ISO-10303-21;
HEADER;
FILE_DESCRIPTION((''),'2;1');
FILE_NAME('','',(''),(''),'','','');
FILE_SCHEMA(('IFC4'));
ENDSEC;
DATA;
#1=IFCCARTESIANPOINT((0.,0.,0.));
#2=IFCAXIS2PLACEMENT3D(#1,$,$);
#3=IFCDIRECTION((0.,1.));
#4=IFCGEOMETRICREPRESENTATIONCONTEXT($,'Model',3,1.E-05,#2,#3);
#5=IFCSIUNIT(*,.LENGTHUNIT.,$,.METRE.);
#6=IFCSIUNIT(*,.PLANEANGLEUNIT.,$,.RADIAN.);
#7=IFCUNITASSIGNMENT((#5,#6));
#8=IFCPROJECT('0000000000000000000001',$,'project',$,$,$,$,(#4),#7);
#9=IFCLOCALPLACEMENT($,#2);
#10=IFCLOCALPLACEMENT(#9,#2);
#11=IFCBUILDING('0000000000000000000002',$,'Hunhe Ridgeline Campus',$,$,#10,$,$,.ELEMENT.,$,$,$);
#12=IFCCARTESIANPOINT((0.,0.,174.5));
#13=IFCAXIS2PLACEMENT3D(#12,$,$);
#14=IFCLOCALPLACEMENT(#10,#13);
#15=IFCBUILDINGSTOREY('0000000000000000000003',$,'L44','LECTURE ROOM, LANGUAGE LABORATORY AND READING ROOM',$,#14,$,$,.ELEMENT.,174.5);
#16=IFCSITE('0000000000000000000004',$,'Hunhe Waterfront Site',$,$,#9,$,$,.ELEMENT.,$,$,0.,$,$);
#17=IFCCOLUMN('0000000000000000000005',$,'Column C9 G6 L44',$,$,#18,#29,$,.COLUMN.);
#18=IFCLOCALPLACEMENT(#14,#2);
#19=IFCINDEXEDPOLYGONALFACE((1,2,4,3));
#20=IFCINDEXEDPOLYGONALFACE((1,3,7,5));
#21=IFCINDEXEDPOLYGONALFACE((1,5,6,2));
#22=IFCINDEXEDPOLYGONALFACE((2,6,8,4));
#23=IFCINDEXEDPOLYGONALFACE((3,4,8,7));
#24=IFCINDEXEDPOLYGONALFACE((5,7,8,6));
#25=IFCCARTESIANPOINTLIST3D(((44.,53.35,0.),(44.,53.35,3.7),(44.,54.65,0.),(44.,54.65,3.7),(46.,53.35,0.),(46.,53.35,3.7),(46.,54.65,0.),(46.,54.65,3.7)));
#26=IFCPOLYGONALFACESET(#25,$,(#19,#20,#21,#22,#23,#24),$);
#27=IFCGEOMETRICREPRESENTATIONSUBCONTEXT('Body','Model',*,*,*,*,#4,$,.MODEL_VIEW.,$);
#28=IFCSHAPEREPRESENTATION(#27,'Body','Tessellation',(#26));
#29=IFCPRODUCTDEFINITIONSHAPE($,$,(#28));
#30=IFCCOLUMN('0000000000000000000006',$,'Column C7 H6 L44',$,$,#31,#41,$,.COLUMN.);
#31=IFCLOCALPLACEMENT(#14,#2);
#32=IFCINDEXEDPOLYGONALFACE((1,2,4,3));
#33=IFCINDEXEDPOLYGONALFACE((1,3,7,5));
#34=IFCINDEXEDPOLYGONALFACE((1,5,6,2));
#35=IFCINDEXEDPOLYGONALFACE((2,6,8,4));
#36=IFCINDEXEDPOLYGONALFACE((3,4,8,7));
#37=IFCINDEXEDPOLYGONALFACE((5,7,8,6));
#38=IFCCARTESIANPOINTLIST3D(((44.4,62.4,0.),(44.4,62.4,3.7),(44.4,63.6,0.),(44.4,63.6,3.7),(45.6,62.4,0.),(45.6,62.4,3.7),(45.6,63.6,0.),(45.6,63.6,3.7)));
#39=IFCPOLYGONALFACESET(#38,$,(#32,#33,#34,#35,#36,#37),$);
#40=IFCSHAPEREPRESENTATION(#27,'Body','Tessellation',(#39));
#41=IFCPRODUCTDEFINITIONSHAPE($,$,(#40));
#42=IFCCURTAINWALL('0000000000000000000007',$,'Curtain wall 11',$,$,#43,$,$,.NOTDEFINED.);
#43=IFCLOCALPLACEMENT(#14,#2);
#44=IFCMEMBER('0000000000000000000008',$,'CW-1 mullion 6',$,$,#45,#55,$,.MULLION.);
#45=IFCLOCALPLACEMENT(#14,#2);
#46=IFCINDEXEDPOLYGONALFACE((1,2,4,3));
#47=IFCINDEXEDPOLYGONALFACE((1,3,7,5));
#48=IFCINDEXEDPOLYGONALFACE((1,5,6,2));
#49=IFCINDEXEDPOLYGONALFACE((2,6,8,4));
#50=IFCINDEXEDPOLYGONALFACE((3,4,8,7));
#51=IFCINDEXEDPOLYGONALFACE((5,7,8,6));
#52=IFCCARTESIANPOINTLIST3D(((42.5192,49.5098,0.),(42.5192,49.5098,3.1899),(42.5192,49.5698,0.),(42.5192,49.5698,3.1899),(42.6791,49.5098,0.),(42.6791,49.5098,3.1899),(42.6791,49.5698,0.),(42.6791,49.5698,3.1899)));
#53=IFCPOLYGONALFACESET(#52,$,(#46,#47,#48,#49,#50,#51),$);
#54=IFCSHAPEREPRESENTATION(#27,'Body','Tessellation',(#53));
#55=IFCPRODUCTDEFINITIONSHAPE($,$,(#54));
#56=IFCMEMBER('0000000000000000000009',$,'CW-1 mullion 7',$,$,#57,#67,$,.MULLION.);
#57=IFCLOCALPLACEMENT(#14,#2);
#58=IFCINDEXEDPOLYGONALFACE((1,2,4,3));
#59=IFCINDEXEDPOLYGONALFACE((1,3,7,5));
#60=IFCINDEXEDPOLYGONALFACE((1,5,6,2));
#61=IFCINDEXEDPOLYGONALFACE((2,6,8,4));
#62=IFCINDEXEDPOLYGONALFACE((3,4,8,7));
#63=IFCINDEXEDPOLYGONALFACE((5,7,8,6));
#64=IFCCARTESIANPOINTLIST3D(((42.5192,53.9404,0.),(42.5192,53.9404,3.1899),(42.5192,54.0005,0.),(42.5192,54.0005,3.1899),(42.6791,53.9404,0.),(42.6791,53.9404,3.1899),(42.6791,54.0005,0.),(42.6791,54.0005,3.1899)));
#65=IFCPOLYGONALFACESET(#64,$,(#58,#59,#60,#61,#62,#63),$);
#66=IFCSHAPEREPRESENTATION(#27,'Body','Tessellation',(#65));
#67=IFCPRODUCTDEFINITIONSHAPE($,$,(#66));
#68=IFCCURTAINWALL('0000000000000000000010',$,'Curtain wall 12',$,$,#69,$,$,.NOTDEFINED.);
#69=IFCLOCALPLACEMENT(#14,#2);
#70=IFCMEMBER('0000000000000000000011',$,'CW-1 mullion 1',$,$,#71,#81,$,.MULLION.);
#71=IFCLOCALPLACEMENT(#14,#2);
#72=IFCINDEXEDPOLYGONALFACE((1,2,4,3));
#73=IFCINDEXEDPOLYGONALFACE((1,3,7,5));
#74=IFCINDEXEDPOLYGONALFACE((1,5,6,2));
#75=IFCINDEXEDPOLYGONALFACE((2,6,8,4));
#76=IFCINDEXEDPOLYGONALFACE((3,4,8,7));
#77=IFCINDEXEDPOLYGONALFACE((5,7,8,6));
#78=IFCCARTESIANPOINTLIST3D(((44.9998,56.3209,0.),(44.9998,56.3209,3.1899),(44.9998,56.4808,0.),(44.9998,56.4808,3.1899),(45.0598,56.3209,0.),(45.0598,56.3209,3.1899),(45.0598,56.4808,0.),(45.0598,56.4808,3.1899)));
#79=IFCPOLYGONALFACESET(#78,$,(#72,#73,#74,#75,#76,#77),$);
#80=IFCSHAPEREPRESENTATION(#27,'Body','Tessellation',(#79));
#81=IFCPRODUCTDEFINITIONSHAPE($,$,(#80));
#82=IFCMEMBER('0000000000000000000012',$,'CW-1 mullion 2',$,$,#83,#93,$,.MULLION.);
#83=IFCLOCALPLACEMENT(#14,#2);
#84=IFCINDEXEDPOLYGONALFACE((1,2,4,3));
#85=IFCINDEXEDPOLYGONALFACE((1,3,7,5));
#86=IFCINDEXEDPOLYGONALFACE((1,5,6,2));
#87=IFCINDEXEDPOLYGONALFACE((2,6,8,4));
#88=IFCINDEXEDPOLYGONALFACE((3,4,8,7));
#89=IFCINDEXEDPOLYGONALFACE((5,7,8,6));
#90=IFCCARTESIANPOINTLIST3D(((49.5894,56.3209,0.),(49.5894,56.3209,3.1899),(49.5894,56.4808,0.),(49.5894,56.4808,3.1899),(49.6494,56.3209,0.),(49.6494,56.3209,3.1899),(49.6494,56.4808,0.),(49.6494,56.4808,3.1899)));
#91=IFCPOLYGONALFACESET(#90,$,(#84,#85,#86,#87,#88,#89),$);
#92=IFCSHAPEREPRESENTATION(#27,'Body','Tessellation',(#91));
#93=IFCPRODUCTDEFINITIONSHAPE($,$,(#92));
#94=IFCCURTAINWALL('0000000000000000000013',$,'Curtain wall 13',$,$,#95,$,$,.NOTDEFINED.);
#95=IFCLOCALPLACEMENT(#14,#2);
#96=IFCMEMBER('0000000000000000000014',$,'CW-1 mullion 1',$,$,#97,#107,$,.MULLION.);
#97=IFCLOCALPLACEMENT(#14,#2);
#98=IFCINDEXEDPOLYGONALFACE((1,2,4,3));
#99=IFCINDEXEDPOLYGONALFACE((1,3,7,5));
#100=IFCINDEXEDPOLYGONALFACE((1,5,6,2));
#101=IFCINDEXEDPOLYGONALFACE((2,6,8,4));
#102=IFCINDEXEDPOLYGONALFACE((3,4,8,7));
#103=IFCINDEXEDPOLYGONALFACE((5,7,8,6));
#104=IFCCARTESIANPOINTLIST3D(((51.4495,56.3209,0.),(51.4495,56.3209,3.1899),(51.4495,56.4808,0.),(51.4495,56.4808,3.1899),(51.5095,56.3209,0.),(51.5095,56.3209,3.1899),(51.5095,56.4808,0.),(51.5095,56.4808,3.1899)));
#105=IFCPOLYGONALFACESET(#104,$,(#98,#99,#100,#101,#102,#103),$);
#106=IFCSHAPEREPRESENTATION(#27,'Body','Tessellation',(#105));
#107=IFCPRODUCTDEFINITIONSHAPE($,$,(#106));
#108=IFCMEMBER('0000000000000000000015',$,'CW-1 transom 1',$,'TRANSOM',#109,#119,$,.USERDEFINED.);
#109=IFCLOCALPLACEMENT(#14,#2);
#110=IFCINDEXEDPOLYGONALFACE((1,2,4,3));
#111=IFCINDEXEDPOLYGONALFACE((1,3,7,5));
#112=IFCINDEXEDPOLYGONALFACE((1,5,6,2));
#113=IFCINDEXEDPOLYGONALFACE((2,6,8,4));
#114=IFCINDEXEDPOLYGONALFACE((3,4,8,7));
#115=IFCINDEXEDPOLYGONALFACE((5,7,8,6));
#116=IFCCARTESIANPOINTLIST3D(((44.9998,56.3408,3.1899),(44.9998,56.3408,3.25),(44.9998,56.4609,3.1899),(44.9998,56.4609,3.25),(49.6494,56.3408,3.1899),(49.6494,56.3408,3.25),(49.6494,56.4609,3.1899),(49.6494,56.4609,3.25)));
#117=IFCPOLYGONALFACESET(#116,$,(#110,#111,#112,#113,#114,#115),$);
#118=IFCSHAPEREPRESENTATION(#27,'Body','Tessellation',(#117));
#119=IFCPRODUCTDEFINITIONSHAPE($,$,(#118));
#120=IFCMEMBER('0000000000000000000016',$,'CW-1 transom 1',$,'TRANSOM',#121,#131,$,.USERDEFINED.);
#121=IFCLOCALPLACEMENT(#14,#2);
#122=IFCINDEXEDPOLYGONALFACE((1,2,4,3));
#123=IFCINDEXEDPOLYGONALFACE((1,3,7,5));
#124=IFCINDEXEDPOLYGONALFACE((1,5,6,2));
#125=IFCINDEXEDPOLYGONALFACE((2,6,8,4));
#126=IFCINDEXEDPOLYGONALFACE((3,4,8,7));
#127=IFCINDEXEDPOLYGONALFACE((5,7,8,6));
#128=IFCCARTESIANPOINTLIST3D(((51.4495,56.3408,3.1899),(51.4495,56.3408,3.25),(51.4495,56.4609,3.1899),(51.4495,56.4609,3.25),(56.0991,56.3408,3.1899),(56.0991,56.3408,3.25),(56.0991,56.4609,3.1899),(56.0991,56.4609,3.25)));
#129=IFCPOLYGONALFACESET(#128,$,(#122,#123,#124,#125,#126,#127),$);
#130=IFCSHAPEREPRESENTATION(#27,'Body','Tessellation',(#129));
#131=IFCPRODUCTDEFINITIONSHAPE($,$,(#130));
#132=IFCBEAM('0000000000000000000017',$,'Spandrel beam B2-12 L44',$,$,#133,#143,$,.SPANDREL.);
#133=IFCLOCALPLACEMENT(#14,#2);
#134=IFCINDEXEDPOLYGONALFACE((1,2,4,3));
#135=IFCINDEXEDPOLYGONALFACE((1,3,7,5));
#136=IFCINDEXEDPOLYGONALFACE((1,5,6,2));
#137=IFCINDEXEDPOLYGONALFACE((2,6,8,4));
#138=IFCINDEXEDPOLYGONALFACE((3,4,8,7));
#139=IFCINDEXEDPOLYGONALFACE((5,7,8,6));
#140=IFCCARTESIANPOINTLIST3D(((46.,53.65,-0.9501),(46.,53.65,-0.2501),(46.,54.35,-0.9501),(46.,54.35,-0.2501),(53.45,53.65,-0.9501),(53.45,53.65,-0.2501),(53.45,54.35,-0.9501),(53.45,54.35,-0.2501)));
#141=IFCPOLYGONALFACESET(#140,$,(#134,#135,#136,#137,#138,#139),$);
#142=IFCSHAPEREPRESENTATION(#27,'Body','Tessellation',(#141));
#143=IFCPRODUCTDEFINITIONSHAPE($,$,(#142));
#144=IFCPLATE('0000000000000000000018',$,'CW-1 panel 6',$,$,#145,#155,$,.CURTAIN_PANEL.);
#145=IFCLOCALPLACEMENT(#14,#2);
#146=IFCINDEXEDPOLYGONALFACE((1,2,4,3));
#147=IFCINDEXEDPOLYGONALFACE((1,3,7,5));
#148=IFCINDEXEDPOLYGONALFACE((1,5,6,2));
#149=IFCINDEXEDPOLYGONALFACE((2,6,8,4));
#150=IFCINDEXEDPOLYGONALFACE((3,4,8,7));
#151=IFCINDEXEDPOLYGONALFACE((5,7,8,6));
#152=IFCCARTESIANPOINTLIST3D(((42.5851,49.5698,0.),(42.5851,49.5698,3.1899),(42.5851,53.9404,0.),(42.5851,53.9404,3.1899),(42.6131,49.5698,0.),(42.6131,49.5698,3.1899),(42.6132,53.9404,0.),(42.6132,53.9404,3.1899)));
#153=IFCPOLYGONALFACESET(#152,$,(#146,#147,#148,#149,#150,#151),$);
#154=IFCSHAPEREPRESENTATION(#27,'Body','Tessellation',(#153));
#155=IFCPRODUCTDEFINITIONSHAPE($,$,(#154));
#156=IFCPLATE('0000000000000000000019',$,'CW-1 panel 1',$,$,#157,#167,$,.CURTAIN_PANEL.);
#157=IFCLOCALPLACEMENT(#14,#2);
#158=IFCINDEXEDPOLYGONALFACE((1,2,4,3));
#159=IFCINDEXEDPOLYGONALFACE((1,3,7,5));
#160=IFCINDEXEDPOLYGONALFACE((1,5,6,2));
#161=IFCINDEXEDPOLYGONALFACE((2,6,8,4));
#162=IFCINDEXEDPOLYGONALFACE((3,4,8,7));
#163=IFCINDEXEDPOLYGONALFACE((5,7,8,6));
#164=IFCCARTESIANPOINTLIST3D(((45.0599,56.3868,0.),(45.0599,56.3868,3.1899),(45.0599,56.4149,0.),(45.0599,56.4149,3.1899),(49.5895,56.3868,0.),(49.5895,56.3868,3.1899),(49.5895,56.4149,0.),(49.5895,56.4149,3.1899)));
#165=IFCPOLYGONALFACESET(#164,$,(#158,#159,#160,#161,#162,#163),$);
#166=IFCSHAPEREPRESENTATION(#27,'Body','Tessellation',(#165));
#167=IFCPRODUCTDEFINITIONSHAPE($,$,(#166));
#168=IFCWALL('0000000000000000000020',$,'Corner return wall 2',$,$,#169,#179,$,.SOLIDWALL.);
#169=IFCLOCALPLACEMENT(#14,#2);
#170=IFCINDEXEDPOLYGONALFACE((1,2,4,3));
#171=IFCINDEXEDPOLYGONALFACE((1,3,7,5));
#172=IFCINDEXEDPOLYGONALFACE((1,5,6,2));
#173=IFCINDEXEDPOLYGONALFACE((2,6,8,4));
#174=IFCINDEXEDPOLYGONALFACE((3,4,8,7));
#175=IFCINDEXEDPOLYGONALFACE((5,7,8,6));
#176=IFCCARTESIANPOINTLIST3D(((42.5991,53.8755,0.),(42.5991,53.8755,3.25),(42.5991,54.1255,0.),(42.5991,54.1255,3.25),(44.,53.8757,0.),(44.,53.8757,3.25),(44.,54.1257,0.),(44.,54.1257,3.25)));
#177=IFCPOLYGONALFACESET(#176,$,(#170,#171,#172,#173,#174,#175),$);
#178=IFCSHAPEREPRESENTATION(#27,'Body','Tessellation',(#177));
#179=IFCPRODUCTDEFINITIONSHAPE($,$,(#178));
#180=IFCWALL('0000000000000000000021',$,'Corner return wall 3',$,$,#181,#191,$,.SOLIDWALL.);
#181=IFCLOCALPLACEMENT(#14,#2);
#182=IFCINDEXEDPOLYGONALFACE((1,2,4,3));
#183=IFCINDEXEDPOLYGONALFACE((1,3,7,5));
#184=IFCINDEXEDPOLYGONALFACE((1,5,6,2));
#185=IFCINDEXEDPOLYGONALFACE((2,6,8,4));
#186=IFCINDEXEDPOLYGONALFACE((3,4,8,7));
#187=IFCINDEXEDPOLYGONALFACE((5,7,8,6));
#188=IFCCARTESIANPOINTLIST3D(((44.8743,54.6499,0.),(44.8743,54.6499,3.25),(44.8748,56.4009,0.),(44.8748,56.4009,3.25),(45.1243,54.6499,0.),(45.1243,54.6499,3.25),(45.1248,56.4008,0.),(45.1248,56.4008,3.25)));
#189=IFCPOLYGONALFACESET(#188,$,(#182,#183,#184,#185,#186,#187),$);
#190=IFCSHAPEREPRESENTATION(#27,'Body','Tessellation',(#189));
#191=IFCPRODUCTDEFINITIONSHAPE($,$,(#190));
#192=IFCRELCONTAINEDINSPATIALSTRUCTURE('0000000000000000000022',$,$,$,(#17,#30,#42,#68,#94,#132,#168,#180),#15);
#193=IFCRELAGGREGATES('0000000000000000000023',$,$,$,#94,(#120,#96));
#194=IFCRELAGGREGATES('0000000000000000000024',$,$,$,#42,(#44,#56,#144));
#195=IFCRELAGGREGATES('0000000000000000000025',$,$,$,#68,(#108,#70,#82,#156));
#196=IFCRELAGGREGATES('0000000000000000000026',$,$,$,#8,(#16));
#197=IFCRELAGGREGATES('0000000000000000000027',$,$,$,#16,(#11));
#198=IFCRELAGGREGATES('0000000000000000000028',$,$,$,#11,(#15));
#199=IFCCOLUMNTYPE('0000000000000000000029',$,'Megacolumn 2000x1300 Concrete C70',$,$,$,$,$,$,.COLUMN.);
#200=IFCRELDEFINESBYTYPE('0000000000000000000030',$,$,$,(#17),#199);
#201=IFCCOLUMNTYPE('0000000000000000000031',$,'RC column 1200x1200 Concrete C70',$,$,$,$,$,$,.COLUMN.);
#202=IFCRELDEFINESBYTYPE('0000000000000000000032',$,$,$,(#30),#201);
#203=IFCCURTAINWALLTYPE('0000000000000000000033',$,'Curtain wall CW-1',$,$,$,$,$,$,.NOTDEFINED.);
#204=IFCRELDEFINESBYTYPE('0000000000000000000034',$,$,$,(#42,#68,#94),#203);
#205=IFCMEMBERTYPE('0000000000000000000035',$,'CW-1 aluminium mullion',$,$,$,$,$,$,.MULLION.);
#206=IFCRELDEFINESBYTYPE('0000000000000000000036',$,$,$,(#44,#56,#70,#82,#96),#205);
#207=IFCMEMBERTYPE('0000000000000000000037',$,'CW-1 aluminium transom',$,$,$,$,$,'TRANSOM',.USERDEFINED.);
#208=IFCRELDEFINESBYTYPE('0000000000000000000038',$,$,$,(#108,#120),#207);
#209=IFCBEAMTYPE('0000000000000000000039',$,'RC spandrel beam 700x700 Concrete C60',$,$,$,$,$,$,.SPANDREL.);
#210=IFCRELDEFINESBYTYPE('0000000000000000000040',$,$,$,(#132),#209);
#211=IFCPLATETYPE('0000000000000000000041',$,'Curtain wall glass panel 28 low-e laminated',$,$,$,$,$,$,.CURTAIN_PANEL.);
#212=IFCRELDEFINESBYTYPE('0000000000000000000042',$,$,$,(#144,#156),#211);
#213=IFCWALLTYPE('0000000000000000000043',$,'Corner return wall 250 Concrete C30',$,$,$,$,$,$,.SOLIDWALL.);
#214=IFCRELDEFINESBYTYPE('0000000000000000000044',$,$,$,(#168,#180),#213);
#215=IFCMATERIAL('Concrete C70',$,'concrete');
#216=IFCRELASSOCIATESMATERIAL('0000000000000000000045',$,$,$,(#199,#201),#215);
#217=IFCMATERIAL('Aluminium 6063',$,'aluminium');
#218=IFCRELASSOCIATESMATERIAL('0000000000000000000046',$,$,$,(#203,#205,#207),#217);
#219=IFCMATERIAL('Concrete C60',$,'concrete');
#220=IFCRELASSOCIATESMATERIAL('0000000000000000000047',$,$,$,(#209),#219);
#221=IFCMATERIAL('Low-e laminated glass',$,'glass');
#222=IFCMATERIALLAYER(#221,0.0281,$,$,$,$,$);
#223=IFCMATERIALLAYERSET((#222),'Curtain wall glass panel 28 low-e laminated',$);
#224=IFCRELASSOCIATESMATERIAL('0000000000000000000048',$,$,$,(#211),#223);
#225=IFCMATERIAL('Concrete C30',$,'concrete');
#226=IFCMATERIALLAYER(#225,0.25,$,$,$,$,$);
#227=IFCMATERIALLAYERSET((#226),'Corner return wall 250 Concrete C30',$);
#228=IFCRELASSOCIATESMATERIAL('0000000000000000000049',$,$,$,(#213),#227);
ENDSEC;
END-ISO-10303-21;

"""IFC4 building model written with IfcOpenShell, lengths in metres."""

from ifc_helpers import new_model, si_unit, direction, frame, frame_2d, origin, origin_2d, place, context, subcontext, project, spatial, rectangle, extrude, material, layer, layer_set, material_profile, profile_set, type_object, element, aggregate, save


model = new_model("IFC4")

# Units and contexts
model_context = context("Model", 3, precision=1e-05, world=origin(), true_north=direction((0.0, 1.0)))
body_context = subcontext(model_context, "Body", "Model", "MODEL_VIEW")
ifc_project = project(units=[si_unit("LENGTHUNIT", "METRE"), si_unit("PLANEANGLEUNIT", "RADIAN")], contexts=[model_context])

# Site, building, storey
site_placement = place(None, origin())
site = spatial("IfcSite", under=ifc_project, at=site_placement, Name="Hunhe Waterfront Site", CompositionType="ELEMENT", RefElevation=0.0)
building_placement = place(site_placement, origin())
building = spatial("IfcBuilding", under=site, at=building_placement, Name="Hunhe Ridgeline Campus", CompositionType="ELEMENT")
storey_placement = place(building_placement, frame((0.0, 0.0, 174.5)))
storey = spatial("IfcBuildingStorey", under=building, at=storey_placement, Name="L44", Description="LECTURE ROOM, LANGUAGE LABORATORY AND READING ROOM", CompositionType="ELEMENT", Elevation=174.5)

# Columns
ifc_material_1 = material(Name="Concrete C70", Category="concrete")
ifc_material_profile_1 = material_profile(ifc_material_1, rectangle(XDim=2.0, YDim=1.3, at=origin_2d()))
ifc_profile_set_1 = profile_set([ifc_material_profile_1], Name="Concrete C70")
column_type_1 = type_object("IfcColumnType", Name="Megacolumn 2000x1300 Concrete C70", PredefinedType="COLUMN", material=ifc_profile_set_1)
column_1_placement = place(storey_placement, frame((45.0, 54.0, 0.0), z_axis=(0.0, 0.0, 1.0), x_axis=(1.0, 0.0, 0.0)))
element("IfcColumn", 1, at=column_1_placement, inside=storey, type_object=column_type_1, Name="Column C9 G6 L44", PredefinedType="COLUMN", context=body_context, shape_type="SweptSolid", body=[
    extrude(rectangle(XDim=2.0, YDim=1.3, at=origin_2d()), origin(), (0.0, 0.0, 1.0), 3.7),
])
ifc_material_profile_2 = material_profile(ifc_material_1, rectangle(XDim=1.2, YDim=1.2, at=origin_2d()))
ifc_profile_set_2 = profile_set([ifc_material_profile_2], Name="Concrete C70")
column_type_2 = type_object("IfcColumnType", Name="RC column 1200x1200 Concrete C70", PredefinedType="COLUMN", material=ifc_profile_set_2)
column_2_placement = place(storey_placement, frame((45.0, 63.0, 0.0), z_axis=(0.0, 0.0, 1.0), x_axis=(1.0, 0.0, 0.0)))
element("IfcColumn", 2, at=column_2_placement, inside=storey, type_object=column_type_2, Name="Column C7 H6 L44", PredefinedType="COLUMN", context=body_context, shape_type="SweptSolid", body=[
    extrude(rectangle(XDim=1.2, YDim=1.2, at=origin_2d()), origin(), (0.0, 0.0, 1.0), 3.7),
])

# Curtain walls, members
ifc_material_2 = material(Name="Aluminium 6063", Category="aluminium")
curtain_wall_type = type_object("IfcCurtainWallType", Name="Curtain wall CW-1", PredefinedType="NOTDEFINED", material=ifc_material_2)
curtain_wall_1_placement = place(storey_placement, origin())
curtain_wall_1 = element("IfcCurtainWall", 3, at=curtain_wall_1_placement, inside=storey, type_object=curtain_wall_type, Name="Curtain wall 11", PredefinedType="NOTDEFINED")
ifc_material_profile_3 = material_profile(ifc_material_2, rectangle(XDim=0.1599, YDim=0.0601, at=origin_2d()))
ifc_profile_set_3 = profile_set([ifc_material_profile_3], Name="Aluminium 6063")
member_type_1 = type_object("IfcMemberType", Name="CW-1 aluminium mullion", PredefinedType="MULLION", material=ifc_profile_set_3)
member_1_placement = place(storey_placement, frame((42.5991, 49.5398, 0.0), z_axis=(0.0, 0.0, 1.0), x_axis=(-1.0, 0.000004, 0.0)))
member_1 = element("IfcMember", 4, at=member_1_placement, type_object=member_type_1, Name="CW-1 mullion 6", PredefinedType="MULLION", context=body_context, shape_type="SweptSolid", body=[
    extrude(rectangle(XDim=0.1599, YDim=0.0601, at=origin_2d()), origin(), (0.0, 0.0, 1.0), 3.1899),
])
member_2_placement = place(storey_placement, frame((42.5991, 53.9705, 0.0), z_axis=(0.0, 0.0, 1.0), x_axis=(-1.0, 0.000004, 0.0)))
member_2 = element("IfcMember", 5, at=member_2_placement, type_object=member_type_1, Name="CW-1 mullion 7", PredefinedType="MULLION", context=body_context, shape_type="SweptSolid", body=[
    extrude(rectangle(XDim=0.1599, YDim=0.0601, at=origin_2d()), origin(), (0.0, 0.0, 1.0), 3.1899),
])
curtain_wall_2_placement = place(storey_placement, origin())
curtain_wall_2 = element("IfcCurtainWall", 6, at=curtain_wall_2_placement, inside=storey, type_object=curtain_wall_type, Name="Curtain wall 12", PredefinedType="NOTDEFINED")
member_3_placement = place(storey_placement, frame((45.0298, 56.4009, 0.0), z_axis=(0.0, 0.0, 1.0), x_axis=(-0.000002, 1.0, 0.0)))
member_3 = element("IfcMember", 7, at=member_3_placement, type_object=member_type_1, Name="CW-1 mullion 1", PredefinedType="MULLION", context=body_context, shape_type="SweptSolid", body=[
    extrude(rectangle(XDim=0.1599, YDim=0.0601, at=origin_2d()), origin(), (0.0, 0.0, 1.0), 3.1899),
])
member_4_placement = place(storey_placement, frame((49.6194, 56.4009, 0.0), z_axis=(0.0, 0.0, 1.0), x_axis=(-0.000002, 1.0, 0.0)))
member_4 = element("IfcMember", 8, at=member_4_placement, type_object=member_type_1, Name="CW-1 mullion 2", PredefinedType="MULLION", context=body_context, shape_type="SweptSolid", body=[
    extrude(rectangle(XDim=0.1599, YDim=0.0601, at=origin_2d()), origin(), (0.0, 0.0, 1.0), 3.1899),
])

# Curtain wall, member
curtain_wall_3_placement = place(storey_placement, origin())
curtain_wall_3 = element("IfcCurtainWall", 9, at=curtain_wall_3_placement, inside=storey, type_object=curtain_wall_type, Name="Curtain wall 13", PredefinedType="NOTDEFINED")
member_5_placement = place(storey_placement, frame((51.4795, 56.4009, 0.0), z_axis=(0.0, 0.0, 1.0), x_axis=(-0.000002, 1.0, 0.0)))
member_5 = element("IfcMember", 10, at=member_5_placement, type_object=member_type_1, Name="CW-1 mullion 1", PredefinedType="MULLION", context=body_context, shape_type="SweptSolid", body=[
    extrude(rectangle(XDim=0.1599, YDim=0.0601, at=origin_2d()), origin(), (0.0, 0.0, 1.0), 3.1899),
])

# Members
ifc_material_profile_4 = material_profile(ifc_material_2, rectangle(XDim=0.1201, YDim=0.0601, at=origin_2d()))
ifc_profile_set_4 = profile_set([ifc_material_profile_4], Name="Aluminium 6063")
member_type_2 = type_object("IfcMemberType", Name="CW-1 aluminium transom", ElementType="TRANSOM", PredefinedType="USERDEFINED", material=ifc_profile_set_4)
member_6_placement = place(storey_placement, frame((44.9998, 56.4009, 3.22), z_axis=(1.0, 0.0, 0.0), x_axis=(0.0, 1.0, 0.0)))
member_6 = element("IfcMember", 11, at=member_6_placement, type_object=member_type_2, Name="CW-1 transom 1", ObjectType="TRANSOM", PredefinedType="USERDEFINED", context=body_context, shape_type="SweptSolid", body=[
    extrude(rectangle(XDim=0.1201, YDim=0.0601, at=origin_2d()), origin(), (0.0, 0.0, 1.0), 4.6497),
])
member_7_placement = place(storey_placement, frame((51.4495, 56.4009, 3.22), z_axis=(1.0, 0.0, 0.0), x_axis=(0.0, 1.0, 0.0)))
member_7 = element("IfcMember", 12, at=member_7_placement, type_object=member_type_2, Name="CW-1 transom 1", ObjectType="TRANSOM", PredefinedType="USERDEFINED", context=body_context, shape_type="SweptSolid", body=[
    extrude(rectangle(XDim=0.1201, YDim=0.0601, at=origin_2d()), origin(), (0.0, 0.0, 1.0), 4.6497),
])
aggregate(curtain_wall_3, [member_7, member_5])

# Beam
ifc_material_3 = material(Name="Concrete C60", Category="concrete")
ifc_material_profile_5 = material_profile(ifc_material_3, rectangle(XDim=0.7, YDim=0.7, at=origin_2d()))
ifc_profile_set_5 = profile_set([ifc_material_profile_5], Name="Concrete C60")
beam_type = type_object("IfcBeamType", Name="RC spandrel beam 700x700 Concrete C60", PredefinedType="SPANDREL", material=ifc_profile_set_5)
beam_placement = place(storey_placement, frame((46.0, 54.0, -0.6001), z_axis=(1.0, 0.0, 0.0), x_axis=(0.0, 1.0, 0.0)))
element("IfcBeam", 13, at=beam_placement, inside=storey, type_object=beam_type, Name="Spandrel beam B2-12 L44", PredefinedType="SPANDREL", context=body_context, shape_type="SweptSolid", body=[
    extrude(rectangle(XDim=0.7, YDim=0.7, at=origin_2d()), origin(), (0.0, 0.0, 1.0), 7.45),
])

# Plates
ifc_material_4 = material(Name="Low-e laminated glass", Category="glass")
ifc_layer_1 = layer(ifc_material_4, 0.0281)
ifc_layer_set_1 = layer_set([ifc_layer_1], Name="Curtain wall glass panel 28 low-e laminated")
plate_type = type_object("IfcPlateType", Name="Curtain wall glass panel 28 low-e laminated", PredefinedType="CURTAIN_PANEL", material=ifc_layer_set_1)
plate_1_placement = place(storey_placement, frame((42.5991, 51.7551, 0.0), z_axis=(0.0, 0.0, 1.0), x_axis=(0.000004, 1.0, 0.0)))
plate_1 = element("IfcPlate", 14, at=plate_1_placement, type_object=plate_type, Name="CW-1 panel 6", PredefinedType="CURTAIN_PANEL", context=body_context, shape_type="SweptSolid", body=[
    extrude(rectangle(XDim=4.3706, YDim=0.0281, at=origin_2d()), origin(), (0.0, 0.0, 1.0), 3.1899),
])
aggregate(curtain_wall_1, [member_1, member_2, plate_1])
plate_2_placement = place(storey_placement, frame((47.3247, 56.4009, 0.0), z_axis=(0.0, 0.0, 1.0), x_axis=(1.0, 0.000002, 0.0)))
plate_2 = element("IfcPlate", 15, at=plate_2_placement, type_object=plate_type, Name="CW-1 panel 1", PredefinedType="CURTAIN_PANEL", context=body_context, shape_type="SweptSolid", body=[
    extrude(rectangle(XDim=4.5295, YDim=0.0281, at=origin_2d()), origin(), (0.0, 0.0, 1.0), 3.1899),
])
aggregate(curtain_wall_2, [member_6, member_3, member_4, plate_2])

# Walls
ifc_material_5 = material(Name="Concrete C30", Category="concrete")
ifc_layer_2 = layer(ifc_material_5, 0.25)
ifc_layer_set_2 = layer_set([ifc_layer_2], Name="Corner return wall 250 Concrete C30")
wall_type_1 = type_object("IfcWallType", Name="Corner return wall 250 Concrete C30", PredefinedType="SOLIDWALL", material=ifc_layer_set_2)
wall_1_placement = place(storey_placement, frame((42.5991, 54.0005, 0.0), z_axis=(0.0, 0.0, 1.0), x_axis=(1.0, 0.000174, 0.0)))
element("IfcWall", 16, at=wall_1_placement, inside=storey, type_object=wall_type_1, Name="Corner return wall 2", PredefinedType="SOLIDWALL", context=body_context, shape_type="SweptSolid", body=[
    extrude(rectangle(XDim=1.4009, YDim=0.25, at=frame_2d((0.7004, 0.0))), origin(), (0.0, 0.0, 1.0), 3.25),
])
wall_2_placement = place(storey_placement, frame((44.9993, 54.6499, 0.0), z_axis=(0.0, 0.0, 1.0), x_axis=(0.000279, 1.0, 0.0)))
element("IfcWall", 17, at=wall_2_placement, inside=storey, type_object=wall_type_1, Name="Corner return wall 3", PredefinedType="SOLIDWALL", context=body_context, shape_type="SweptSolid", body=[
    extrude(rectangle(XDim=1.751, YDim=0.25, at=frame_2d((0.8755, 0.0))), origin(), (0.0, 0.0, 1.0), 3.25),
])

save(model, "model.ifc")
